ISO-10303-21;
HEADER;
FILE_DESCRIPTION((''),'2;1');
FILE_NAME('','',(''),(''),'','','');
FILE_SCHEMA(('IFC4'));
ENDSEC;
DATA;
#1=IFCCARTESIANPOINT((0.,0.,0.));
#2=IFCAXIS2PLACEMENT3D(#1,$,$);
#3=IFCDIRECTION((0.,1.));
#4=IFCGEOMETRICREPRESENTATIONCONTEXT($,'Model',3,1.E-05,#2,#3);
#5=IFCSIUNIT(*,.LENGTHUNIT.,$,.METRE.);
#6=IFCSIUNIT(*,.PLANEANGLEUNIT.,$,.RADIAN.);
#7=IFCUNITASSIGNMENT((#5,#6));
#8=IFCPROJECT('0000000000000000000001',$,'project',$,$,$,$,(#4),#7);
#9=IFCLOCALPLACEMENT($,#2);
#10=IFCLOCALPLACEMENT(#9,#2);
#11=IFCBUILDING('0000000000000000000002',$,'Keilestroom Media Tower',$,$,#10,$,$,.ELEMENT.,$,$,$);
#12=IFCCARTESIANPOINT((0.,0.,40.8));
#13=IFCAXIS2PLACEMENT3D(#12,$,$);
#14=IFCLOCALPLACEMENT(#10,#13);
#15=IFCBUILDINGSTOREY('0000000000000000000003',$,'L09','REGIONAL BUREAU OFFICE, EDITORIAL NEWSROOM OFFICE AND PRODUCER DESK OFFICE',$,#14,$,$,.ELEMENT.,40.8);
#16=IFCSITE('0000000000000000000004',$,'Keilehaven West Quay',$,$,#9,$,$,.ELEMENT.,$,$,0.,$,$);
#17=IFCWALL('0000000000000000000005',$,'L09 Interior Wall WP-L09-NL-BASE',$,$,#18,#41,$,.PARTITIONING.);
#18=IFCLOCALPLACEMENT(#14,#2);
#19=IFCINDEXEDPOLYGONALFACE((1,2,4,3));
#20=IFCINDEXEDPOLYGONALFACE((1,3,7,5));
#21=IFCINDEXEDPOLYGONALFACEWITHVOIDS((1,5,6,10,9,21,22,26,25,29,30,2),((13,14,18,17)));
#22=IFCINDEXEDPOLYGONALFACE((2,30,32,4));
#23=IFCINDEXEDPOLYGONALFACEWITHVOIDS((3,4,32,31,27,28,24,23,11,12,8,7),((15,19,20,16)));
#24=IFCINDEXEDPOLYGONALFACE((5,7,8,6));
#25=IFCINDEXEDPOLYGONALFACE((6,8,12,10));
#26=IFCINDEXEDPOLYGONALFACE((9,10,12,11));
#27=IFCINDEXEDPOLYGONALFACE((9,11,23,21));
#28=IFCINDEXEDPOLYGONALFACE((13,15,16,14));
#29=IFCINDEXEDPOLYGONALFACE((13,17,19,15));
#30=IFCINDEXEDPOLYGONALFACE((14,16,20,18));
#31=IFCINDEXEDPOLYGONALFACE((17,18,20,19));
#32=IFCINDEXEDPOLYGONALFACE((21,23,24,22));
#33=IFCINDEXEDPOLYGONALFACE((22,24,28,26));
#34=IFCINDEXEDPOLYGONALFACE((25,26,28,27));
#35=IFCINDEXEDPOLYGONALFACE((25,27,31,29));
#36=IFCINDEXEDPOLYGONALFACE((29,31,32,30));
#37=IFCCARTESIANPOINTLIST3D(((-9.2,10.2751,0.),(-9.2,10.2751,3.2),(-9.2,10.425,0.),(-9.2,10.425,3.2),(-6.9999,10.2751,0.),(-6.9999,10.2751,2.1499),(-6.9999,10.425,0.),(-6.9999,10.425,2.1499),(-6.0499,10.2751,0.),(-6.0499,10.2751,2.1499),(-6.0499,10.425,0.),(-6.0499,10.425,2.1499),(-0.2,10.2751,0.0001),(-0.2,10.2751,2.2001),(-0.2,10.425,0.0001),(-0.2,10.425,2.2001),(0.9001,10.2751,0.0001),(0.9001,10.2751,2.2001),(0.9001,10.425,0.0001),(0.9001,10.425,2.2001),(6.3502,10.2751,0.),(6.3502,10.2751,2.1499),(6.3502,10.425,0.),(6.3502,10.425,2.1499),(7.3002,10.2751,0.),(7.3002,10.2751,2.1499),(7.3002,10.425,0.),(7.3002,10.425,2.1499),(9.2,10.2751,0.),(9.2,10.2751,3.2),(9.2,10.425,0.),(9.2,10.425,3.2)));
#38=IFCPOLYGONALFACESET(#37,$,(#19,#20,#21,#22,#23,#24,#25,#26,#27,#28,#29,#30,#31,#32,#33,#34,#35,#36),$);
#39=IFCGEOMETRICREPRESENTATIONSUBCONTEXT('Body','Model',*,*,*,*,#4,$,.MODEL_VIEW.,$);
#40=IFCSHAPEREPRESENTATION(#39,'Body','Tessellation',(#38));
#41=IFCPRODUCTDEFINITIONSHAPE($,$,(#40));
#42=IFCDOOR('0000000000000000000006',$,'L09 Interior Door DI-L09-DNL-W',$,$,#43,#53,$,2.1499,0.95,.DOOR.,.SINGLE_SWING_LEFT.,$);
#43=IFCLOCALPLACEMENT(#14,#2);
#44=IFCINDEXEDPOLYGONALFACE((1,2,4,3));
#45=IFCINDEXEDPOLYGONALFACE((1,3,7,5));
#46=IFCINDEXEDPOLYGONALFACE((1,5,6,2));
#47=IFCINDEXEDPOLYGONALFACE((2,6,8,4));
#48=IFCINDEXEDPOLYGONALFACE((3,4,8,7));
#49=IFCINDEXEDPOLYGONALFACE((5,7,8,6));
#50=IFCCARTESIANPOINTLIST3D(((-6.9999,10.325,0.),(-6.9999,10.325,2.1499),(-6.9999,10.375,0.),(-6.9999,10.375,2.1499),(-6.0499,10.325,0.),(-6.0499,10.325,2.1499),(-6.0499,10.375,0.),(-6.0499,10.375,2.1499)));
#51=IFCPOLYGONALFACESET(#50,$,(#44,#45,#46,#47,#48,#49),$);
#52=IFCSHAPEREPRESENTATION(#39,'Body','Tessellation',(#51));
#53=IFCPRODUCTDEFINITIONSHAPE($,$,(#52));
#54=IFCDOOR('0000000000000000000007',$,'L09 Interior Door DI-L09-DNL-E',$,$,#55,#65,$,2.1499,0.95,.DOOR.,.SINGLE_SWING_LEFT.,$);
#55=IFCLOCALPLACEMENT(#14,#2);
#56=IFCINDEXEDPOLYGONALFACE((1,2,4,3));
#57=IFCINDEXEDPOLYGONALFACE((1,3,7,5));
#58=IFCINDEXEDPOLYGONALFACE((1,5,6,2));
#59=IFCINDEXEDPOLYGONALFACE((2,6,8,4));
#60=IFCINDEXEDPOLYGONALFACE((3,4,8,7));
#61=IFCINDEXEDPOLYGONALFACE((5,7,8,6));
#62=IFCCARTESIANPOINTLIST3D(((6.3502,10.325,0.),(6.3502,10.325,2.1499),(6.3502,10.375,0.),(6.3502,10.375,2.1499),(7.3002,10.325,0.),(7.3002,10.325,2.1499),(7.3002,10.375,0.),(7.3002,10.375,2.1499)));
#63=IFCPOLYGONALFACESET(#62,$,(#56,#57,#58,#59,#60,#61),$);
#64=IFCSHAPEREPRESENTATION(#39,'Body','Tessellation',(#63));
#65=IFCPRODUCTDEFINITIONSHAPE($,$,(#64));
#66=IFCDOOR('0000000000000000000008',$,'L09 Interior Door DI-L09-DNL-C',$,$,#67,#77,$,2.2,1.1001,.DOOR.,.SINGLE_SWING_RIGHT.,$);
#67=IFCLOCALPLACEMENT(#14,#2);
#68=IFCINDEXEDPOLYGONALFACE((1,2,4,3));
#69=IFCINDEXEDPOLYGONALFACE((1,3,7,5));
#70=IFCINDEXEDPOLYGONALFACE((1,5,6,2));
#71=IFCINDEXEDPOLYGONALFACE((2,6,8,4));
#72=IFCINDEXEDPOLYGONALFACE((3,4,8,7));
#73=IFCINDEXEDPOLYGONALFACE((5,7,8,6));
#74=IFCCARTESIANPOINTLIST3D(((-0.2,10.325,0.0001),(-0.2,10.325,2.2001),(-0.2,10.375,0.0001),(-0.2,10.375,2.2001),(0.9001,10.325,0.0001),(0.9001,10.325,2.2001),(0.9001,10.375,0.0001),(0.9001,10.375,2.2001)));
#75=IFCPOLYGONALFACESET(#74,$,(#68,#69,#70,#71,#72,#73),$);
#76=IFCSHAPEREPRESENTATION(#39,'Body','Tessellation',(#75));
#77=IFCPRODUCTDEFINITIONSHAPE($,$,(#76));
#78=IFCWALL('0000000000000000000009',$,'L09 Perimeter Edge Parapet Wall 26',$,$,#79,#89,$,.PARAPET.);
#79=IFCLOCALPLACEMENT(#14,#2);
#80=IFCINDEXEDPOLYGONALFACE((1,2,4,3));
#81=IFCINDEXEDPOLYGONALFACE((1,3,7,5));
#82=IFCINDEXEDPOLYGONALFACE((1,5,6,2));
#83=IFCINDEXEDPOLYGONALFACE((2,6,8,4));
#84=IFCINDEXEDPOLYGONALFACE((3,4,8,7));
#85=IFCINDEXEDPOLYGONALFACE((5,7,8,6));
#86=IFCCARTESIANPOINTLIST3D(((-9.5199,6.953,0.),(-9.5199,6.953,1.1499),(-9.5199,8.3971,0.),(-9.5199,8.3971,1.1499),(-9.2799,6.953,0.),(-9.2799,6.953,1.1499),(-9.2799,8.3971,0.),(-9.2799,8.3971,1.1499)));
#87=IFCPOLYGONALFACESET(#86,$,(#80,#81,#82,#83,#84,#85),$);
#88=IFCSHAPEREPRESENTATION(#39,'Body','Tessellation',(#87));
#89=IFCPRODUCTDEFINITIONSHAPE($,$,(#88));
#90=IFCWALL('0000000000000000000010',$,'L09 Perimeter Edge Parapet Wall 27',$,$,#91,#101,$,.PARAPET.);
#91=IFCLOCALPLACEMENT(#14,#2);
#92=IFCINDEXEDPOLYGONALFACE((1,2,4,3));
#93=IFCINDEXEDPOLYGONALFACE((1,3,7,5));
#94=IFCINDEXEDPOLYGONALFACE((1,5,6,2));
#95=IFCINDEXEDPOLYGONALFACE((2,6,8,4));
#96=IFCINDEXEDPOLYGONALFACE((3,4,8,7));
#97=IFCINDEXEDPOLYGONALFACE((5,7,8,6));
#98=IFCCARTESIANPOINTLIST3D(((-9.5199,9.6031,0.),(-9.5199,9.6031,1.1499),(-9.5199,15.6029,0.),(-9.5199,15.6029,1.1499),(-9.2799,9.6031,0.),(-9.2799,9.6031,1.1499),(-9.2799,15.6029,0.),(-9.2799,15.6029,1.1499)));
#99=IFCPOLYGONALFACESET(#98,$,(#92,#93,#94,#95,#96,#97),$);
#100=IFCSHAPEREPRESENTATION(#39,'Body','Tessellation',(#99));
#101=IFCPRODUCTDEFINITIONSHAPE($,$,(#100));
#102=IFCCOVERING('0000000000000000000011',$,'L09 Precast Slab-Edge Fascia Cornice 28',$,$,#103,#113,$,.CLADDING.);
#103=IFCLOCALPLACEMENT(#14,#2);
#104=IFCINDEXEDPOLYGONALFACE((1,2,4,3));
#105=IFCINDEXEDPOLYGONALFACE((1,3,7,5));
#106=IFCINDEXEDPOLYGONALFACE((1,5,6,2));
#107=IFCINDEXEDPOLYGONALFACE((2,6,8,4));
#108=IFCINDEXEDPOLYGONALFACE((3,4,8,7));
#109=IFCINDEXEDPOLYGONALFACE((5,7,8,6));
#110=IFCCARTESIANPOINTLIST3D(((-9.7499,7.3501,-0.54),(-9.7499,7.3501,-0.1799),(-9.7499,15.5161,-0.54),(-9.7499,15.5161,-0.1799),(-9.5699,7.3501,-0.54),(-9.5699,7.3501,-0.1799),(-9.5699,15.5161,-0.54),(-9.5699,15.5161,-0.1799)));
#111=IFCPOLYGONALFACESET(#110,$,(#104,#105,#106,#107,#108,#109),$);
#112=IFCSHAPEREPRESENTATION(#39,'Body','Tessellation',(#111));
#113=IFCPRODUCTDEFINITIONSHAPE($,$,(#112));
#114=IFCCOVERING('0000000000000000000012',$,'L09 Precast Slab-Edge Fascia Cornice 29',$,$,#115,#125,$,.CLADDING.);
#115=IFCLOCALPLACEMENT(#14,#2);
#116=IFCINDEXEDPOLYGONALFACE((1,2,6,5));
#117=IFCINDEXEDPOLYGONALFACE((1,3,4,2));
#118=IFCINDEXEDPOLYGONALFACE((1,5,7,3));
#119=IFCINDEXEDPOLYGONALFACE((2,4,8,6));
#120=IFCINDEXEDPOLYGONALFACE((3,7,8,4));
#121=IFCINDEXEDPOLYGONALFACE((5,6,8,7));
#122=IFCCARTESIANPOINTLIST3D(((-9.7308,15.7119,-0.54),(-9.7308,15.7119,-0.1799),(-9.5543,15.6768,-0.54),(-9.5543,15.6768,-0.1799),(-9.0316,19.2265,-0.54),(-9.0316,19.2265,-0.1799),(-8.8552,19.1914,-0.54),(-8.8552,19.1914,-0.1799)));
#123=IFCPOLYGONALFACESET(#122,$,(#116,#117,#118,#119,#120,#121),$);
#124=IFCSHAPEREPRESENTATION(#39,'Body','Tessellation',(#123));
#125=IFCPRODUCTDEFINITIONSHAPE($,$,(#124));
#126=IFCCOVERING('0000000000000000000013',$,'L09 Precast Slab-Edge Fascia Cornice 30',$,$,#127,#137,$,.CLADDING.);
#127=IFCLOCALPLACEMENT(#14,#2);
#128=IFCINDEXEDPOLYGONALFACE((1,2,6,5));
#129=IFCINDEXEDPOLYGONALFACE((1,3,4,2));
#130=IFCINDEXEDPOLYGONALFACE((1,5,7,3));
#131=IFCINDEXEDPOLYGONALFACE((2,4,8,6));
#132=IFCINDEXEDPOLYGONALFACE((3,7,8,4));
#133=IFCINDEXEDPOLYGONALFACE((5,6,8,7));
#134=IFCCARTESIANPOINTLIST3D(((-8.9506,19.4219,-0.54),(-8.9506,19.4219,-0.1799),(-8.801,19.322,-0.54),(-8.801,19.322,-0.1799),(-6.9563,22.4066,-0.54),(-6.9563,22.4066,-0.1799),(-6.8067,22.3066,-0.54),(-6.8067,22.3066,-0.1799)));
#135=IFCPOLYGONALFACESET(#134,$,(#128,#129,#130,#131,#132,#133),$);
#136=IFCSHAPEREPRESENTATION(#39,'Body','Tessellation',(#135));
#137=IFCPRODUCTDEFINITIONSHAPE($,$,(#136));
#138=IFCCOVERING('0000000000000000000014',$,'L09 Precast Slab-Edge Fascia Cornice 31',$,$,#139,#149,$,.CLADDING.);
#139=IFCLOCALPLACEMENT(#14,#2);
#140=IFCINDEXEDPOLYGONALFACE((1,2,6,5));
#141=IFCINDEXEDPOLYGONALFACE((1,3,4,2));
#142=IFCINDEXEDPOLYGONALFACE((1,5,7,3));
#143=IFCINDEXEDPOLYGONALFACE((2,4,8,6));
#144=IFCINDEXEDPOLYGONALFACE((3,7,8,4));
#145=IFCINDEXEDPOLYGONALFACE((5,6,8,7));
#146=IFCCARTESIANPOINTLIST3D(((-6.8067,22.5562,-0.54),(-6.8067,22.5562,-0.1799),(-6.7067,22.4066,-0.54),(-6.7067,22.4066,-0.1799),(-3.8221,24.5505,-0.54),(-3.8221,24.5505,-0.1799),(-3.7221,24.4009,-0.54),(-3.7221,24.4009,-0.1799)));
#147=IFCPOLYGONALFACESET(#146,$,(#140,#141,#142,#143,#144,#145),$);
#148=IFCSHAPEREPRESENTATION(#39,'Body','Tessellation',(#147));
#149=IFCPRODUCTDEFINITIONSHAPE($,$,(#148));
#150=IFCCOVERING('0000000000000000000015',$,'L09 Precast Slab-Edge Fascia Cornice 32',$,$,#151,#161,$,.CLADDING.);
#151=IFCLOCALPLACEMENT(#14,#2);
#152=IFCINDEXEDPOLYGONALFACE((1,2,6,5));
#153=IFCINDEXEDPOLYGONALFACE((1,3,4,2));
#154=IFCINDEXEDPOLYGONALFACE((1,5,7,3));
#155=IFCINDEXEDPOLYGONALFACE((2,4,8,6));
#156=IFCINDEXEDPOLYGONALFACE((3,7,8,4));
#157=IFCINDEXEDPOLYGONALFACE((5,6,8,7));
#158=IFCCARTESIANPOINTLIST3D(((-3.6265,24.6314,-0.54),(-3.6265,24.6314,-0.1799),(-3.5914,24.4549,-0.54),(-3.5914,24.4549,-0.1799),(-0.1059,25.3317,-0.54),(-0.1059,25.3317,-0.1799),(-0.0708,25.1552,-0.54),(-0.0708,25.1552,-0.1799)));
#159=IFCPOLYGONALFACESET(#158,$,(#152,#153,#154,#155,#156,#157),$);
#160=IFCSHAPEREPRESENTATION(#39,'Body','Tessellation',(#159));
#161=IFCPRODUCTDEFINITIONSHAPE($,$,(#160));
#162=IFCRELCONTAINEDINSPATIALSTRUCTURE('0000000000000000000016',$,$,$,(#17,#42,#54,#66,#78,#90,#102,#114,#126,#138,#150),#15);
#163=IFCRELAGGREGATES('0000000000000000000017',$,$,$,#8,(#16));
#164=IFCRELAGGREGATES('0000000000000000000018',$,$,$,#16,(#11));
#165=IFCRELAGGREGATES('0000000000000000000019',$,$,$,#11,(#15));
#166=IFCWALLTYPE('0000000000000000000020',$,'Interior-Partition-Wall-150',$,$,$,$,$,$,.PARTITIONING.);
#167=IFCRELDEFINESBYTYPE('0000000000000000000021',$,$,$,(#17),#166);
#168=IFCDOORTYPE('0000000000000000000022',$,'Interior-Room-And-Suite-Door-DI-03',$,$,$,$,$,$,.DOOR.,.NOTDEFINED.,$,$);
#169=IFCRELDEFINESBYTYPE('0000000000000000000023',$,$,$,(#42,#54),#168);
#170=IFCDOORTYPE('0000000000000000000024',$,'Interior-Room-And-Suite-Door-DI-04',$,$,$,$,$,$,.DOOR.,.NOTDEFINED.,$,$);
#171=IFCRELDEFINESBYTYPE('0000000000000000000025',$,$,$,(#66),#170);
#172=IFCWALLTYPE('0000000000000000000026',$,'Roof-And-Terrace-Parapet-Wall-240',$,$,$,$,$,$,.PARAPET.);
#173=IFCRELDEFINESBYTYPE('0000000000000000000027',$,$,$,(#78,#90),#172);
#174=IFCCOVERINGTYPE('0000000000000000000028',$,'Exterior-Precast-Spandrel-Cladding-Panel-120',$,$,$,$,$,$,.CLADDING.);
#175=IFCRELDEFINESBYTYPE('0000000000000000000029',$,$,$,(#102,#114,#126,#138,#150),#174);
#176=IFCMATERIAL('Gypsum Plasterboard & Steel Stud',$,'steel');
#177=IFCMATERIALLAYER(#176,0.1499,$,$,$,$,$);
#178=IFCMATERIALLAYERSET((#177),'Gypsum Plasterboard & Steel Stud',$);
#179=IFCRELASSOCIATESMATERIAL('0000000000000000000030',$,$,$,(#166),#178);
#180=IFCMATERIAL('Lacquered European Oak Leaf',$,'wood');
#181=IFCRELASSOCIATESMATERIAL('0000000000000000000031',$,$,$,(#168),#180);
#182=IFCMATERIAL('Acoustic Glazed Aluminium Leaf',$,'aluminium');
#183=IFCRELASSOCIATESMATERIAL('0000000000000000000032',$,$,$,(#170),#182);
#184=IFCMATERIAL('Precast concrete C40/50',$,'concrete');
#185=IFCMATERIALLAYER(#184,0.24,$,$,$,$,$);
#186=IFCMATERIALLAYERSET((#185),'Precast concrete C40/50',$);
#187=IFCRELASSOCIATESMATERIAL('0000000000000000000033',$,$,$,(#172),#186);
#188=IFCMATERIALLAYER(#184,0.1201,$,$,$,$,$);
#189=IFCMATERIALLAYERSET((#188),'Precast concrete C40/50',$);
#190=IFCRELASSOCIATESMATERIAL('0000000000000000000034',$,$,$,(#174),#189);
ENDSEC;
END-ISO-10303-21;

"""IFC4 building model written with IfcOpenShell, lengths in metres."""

from ifc_helpers import new_model, si_unit, direction, frame, frame_2d, origin, origin_2d, place, context, subcontext, project, spatial, rectangle, extrude, source, transform, mapped, material, layer, layer_set, type_object, element, fill, save


model = new_model("IFC4")

# Units and contexts
model_context = context("Model", 3, precision=1e-05, world=origin(), true_north=direction((0.0, 1.0)))
body_context = subcontext(model_context, "Body", "Model", "MODEL_VIEW")
ifc_project = project(units=[si_unit("LENGTHUNIT", "METRE"), si_unit("PLANEANGLEUNIT", "RADIAN")], contexts=[model_context])

# Site, building, storey
site_placement = place(None, origin())
site = spatial("IfcSite", under=ifc_project, at=site_placement, Name="Keilehaven West Quay", CompositionType="ELEMENT", RefElevation=0.0)
building_placement = place(site_placement, origin())
building = spatial("IfcBuilding", under=site, at=building_placement, Name="Keilestroom Media Tower", CompositionType="ELEMENT")
storey_placement = place(building_placement, frame((0.0, 0.0, 40.8)))
storey = spatial("IfcBuildingStorey", under=building, at=storey_placement, Name="L09", Description="REGIONAL BUREAU OFFICE, EDITORIAL NEWSROOM OFFICE AND PRODUCER DESK OFFICE", CompositionType="ELEMENT", Elevation=40.8)

# Shared definitions
ifc_material_1 = material(Name="Precast concrete C40/50", Category="concrete")
ifc_material_2 = material(Name="Gypsum Plasterboard & Steel Stud", Category="steel")

# Wall, openings, doors
ifc_layer_1 = layer(ifc_material_2, 0.1499)
ifc_layer_set_1 = layer_set([ifc_layer_1], Name="Gypsum Plasterboard & Steel Stud")
wall_type_1 = type_object("IfcWallType", Name="Interior-Partition-Wall-150", PredefinedType="PARTITIONING", material=ifc_layer_set_1)
wall_1_placement = place(storey_placement, frame((-9.2, 10.3501, 0.0), z_axis=(0.0, 0.0, 1.0), x_axis=(1.0, 0.0, 0.0)))
wall_1 = element("IfcWall", 1, at=wall_1_placement, inside=storey, type_object=wall_type_1, Name="L09 Interior Wall WP-L09-NL-BASE", PredefinedType="PARTITIONING", context=body_context, shape_type="SweptSolid", body=[
    extrude(rectangle(XDim=18.3999, YDim=0.1499, at=frame_2d((9.2, 0.0))), origin(), (0.0, 0.0, 1.0), 3.2),
])
opening_1_placement = place(wall_1_placement, frame((2.2, 0.0, 0.0)))
opening_1 = element("IfcOpeningElement", 2, at=opening_1_placement, cuts=wall_1, PredefinedType="OPENING", context=body_context, shape_type="SweptSolid", body=[
    extrude(rectangle(XDim=0.95, YDim=2.1499, at=frame_2d((0.4751, 1.075))), frame((0.0, 0.085, 0.0), z_axis=(0.0, -1.0, 0.0), x_axis=(1.0, 0.0, 0.0)), (0.0, 0.0, 1.0), 0.1699),
])
opening_2_placement = place(wall_1_placement, frame((9.0, 0.0, 0.0)))
opening_2 = element("IfcOpeningElement", 3, at=opening_2_placement, cuts=wall_1, PredefinedType="OPENING", context=body_context, shape_type="SweptSolid", body=[
    extrude(rectangle(XDim=1.1001, YDim=2.2, at=frame_2d((0.55, 1.1001))), frame((0.0, 0.085, 0.0), z_axis=(0.0, -1.0, 0.0), x_axis=(1.0, 0.0, 0.0)), (0.0, 0.0, 1.0), 0.1699),
])
opening_3_placement = place(wall_1_placement, frame((15.55, 0.0, 0.0)))
opening_3 = element("IfcOpeningElement", 4, at=opening_3_placement, cuts=wall_1, PredefinedType="OPENING", context=body_context, shape_type="SweptSolid", body=[
    extrude(rectangle(XDim=0.95, YDim=2.1499, at=frame_2d((0.4751, 1.075))), frame((0.0, 0.085, 0.0), z_axis=(0.0, -1.0, 0.0), x_axis=(1.0, 0.0, 0.0)), (0.0, 0.0, 1.0), 0.1699),
])
ifc_material_3 = material(Name="Lacquered European Oak Leaf", Category="wood")
door_type_1 = type_object("IfcDoorType", Name="Interior-Room-And-Suite-Door-DI-03", OperationType="NOTDEFINED", PredefinedType="DOOR", material=ifc_material_3)
shared_shape_1 = source(origin(), body_context, "Body", "SweptSolid", [
    extrude(rectangle(XDim=0.95, YDim=2.1499, at=frame_2d((0.4751, 1.075))), frame((0.0, 0.0249, 0.0), z_axis=(0.0, -1.0, 0.0), x_axis=(1.0, 0.0, 0.0)), (0.0, 0.0, 1.0), 0.05),
])
door_1_placement = place(opening_1_placement, origin())
door_1 = element("IfcDoor", 5, at=door_1_placement, inside=storey, type_object=door_type_1, Name="L09 Interior Door DI-L09-DNL-W", OperationType="SINGLE_SWING_LEFT", OverallHeight=2.1499, OverallWidth=0.95, PredefinedType="DOOR", context=body_context, shape_type="MappedRepresentation", body=[
    mapped(shared_shape_1, transform((0.0, 0.0, 0.0), x_axis=(1.0, 0.0, 0.0), y_axis=(0.0, 1.0, 0.0), z_axis=(0.0, 0.0, 1.0), scale=1.0)),
])
fill(opening_1, door_1)
door_2_placement = place(opening_3_placement, origin())
door_2 = element("IfcDoor", 6, at=door_2_placement, inside=storey, type_object=door_type_1, Name="L09 Interior Door DI-L09-DNL-E", OperationType="SINGLE_SWING_LEFT", OverallHeight=2.1499, OverallWidth=0.95, PredefinedType="DOOR", context=body_context, shape_type="MappedRepresentation", body=[
    mapped(shared_shape_1, transform((0.0, 0.0, 0.0), x_axis=(1.0, 0.0, 0.0), y_axis=(0.0, 1.0, 0.0), z_axis=(0.0, 0.0, 1.0), scale=1.0)),
])
fill(opening_3, door_2)
ifc_material_4 = material(Name="Acoustic Glazed Aluminium Leaf", Category="aluminium")
door_type_2 = type_object("IfcDoorType", Name="Interior-Room-And-Suite-Door-DI-04", OperationType="NOTDEFINED", PredefinedType="DOOR", material=ifc_material_4)
shared_shape_2 = source(origin(), body_context, "Body", "SweptSolid", [
    extrude(rectangle(XDim=1.1001, YDim=2.2, at=frame_2d((0.55, 1.1001))), frame((0.0, 0.0249, 0.0), z_axis=(0.0, -1.0, 0.0), x_axis=(1.0, 0.0, 0.0)), (0.0, 0.0, 1.0), 0.05),
])
door_3_placement = place(opening_2_placement, origin())
door_3 = element("IfcDoor", 7, at=door_3_placement, inside=storey, type_object=door_type_2, Name="L09 Interior Door DI-L09-DNL-C", OperationType="SINGLE_SWING_RIGHT", OverallHeight=2.2, OverallWidth=1.1001, PredefinedType="DOOR", context=body_context, shape_type="MappedRepresentation", body=[
    mapped(shared_shape_2, transform((0.0, 0.0, 0.0), x_axis=(1.0, 0.0, 0.0), y_axis=(0.0, 1.0, 0.0), z_axis=(0.0, 0.0, 1.0), scale=1.0)),
])
fill(opening_2, door_3)

# Walls
ifc_layer_2 = layer(ifc_material_1, 0.24)
ifc_layer_set_2 = layer_set([ifc_layer_2], Name="Precast concrete C40/50")
wall_type_2 = type_object("IfcWallType", Name="Roof-And-Terrace-Parapet-Wall-240", PredefinedType="PARAPET", material=ifc_layer_set_2)
wall_2_placement = place(storey_placement, frame((-9.3999, 6.9529, 0.0), z_axis=(0.0, 0.0, 1.0), x_axis=(0.0, 1.0, 0.0)))
element("IfcWall", 8, at=wall_2_placement, inside=storey, type_object=wall_type_2, Name="L09 Perimeter Edge Parapet Wall 26", PredefinedType="PARAPET", context=body_context, shape_type="SweptSolid", body=[
    extrude(rectangle(XDim=1.4441, YDim=0.24, at=frame_2d((0.7222, 0.0))), origin(), (0.0, 0.0, 1.0), 1.1499),
])
wall_3_placement = place(storey_placement, frame((-9.3999, 9.603, 0.0), z_axis=(0.0, 0.0, 1.0), x_axis=(0.0, 1.0, 0.0)))
element("IfcWall", 9, at=wall_3_placement, inside=storey, type_object=wall_type_2, Name="L09 Perimeter Edge Parapet Wall 27", PredefinedType="PARAPET", context=body_context, shape_type="SweptSolid", body=[
    extrude(rectangle(XDim=5.9998, YDim=0.24, at=frame_2d((3.0, 0.0))), origin(), (0.0, 0.0, 1.0), 1.1499),
])

# Coverings
ifc_layer_3 = layer(ifc_material_1, 0.1201)
ifc_layer_set_3 = layer_set([ifc_layer_3], Name="Precast concrete C40/50")
covering_type = type_object("IfcCoveringType", Name="Exterior-Precast-Spandrel-Cladding-Panel-120", PredefinedType="CLADDING", material=ifc_layer_set_3)
shared_shape_3 = source(origin(), body_context, "Body", "SweptSolid", [
    extrude(rectangle(XDim=8.166, YDim=0.1799, at=origin_2d()), origin(), (0.0, 0.0, 1.0), 0.3601),
])
covering_1_placement = place(storey_placement, frame((-9.6599, 11.4331, -0.54), z_axis=(0.0, 0.0, 1.0), x_axis=(0.0, 1.0, 0.0)))
element("IfcCovering", 10, at=covering_1_placement, inside=storey, type_object=covering_type, Name="L09 Precast Slab-Edge Fascia Cornice 28", PredefinedType="CLADDING", context=body_context, shape_type="MappedRepresentation", body=[
    mapped(shared_shape_3, transform((0.0, 0.0, 0.0), x_axis=(1.0, 0.0, 0.0), y_axis=(0.0, 1.0, 0.0), z_axis=(0.0, 0.0, 1.0), scale=1.0)),
])
shared_shape_4 = source(origin(), body_context, "Body", "SweptSolid", [
    extrude(rectangle(XDim=3.5835, YDim=0.1799, at=origin_2d()), origin(), (0.0, 0.0, 1.0), 0.3601),
])
covering_2_placement = place(storey_placement, frame((-9.293, 17.4517, -0.54), z_axis=(0.0, 0.0, 1.0), x_axis=(0.195099, 0.980784, 0.0)))
element("IfcCovering", 11, at=covering_2_placement, inside=storey, type_object=covering_type, Name="L09 Precast Slab-Edge Fascia Cornice 29", PredefinedType="CLADDING", context=body_context, shape_type="MappedRepresentation", body=[
    mapped(shared_shape_4, transform((0.0, 0.0, 0.0), x_axis=(1.0, 0.0, 0.0), y_axis=(0.0, 1.0, 0.0), z_axis=(0.0, 0.0, 1.0), scale=1.0)),
])
shared_shape_5 = source(origin(), body_context, "Body", "SweptSolid", [
    extrude(rectangle(XDim=3.5896, YDim=0.1799, at=origin_2d()), origin(), (0.0, 0.0, 1.0), 0.3601),
])
for number, where, z_axis, x_axis, name in (
    (12, (-7.8787, 20.8643, -0.54), (0.0, 0.0, 1.0), (0.555575, 0.831467, 0.0), "L09 Precast Slab-Edge Fascia Cornice 30"),
    (13, (-5.2644, 23.4785, -0.54), (0.0, 0.0, 1.0), (0.831467, 0.555575, 0.0), "L09 Precast Slab-Edge Fascia Cornice 31"),
    (14, (-1.8486, 24.8933, -0.54), (0.0, 0.0, 1.0), (0.980784, 0.195099, 0.0), "L09 Precast Slab-Edge Fascia Cornice 32"),
):
    element("IfcCovering", number, at=place(storey_placement, frame(where, z_axis=z_axis, x_axis=x_axis)), inside=storey, type_object=covering_type, Name=name, PredefinedType="CLADDING", context=body_context, shape_type="MappedRepresentation", body=[
        mapped(shared_shape_5, transform((0.0, 0.0, 0.0), x_axis=(1.0, 0.0, 0.0), y_axis=(0.0, 1.0, 0.0), z_axis=(0.0, 0.0, 1.0), scale=1.0)),
    ])

save(model, "model.ifc")
